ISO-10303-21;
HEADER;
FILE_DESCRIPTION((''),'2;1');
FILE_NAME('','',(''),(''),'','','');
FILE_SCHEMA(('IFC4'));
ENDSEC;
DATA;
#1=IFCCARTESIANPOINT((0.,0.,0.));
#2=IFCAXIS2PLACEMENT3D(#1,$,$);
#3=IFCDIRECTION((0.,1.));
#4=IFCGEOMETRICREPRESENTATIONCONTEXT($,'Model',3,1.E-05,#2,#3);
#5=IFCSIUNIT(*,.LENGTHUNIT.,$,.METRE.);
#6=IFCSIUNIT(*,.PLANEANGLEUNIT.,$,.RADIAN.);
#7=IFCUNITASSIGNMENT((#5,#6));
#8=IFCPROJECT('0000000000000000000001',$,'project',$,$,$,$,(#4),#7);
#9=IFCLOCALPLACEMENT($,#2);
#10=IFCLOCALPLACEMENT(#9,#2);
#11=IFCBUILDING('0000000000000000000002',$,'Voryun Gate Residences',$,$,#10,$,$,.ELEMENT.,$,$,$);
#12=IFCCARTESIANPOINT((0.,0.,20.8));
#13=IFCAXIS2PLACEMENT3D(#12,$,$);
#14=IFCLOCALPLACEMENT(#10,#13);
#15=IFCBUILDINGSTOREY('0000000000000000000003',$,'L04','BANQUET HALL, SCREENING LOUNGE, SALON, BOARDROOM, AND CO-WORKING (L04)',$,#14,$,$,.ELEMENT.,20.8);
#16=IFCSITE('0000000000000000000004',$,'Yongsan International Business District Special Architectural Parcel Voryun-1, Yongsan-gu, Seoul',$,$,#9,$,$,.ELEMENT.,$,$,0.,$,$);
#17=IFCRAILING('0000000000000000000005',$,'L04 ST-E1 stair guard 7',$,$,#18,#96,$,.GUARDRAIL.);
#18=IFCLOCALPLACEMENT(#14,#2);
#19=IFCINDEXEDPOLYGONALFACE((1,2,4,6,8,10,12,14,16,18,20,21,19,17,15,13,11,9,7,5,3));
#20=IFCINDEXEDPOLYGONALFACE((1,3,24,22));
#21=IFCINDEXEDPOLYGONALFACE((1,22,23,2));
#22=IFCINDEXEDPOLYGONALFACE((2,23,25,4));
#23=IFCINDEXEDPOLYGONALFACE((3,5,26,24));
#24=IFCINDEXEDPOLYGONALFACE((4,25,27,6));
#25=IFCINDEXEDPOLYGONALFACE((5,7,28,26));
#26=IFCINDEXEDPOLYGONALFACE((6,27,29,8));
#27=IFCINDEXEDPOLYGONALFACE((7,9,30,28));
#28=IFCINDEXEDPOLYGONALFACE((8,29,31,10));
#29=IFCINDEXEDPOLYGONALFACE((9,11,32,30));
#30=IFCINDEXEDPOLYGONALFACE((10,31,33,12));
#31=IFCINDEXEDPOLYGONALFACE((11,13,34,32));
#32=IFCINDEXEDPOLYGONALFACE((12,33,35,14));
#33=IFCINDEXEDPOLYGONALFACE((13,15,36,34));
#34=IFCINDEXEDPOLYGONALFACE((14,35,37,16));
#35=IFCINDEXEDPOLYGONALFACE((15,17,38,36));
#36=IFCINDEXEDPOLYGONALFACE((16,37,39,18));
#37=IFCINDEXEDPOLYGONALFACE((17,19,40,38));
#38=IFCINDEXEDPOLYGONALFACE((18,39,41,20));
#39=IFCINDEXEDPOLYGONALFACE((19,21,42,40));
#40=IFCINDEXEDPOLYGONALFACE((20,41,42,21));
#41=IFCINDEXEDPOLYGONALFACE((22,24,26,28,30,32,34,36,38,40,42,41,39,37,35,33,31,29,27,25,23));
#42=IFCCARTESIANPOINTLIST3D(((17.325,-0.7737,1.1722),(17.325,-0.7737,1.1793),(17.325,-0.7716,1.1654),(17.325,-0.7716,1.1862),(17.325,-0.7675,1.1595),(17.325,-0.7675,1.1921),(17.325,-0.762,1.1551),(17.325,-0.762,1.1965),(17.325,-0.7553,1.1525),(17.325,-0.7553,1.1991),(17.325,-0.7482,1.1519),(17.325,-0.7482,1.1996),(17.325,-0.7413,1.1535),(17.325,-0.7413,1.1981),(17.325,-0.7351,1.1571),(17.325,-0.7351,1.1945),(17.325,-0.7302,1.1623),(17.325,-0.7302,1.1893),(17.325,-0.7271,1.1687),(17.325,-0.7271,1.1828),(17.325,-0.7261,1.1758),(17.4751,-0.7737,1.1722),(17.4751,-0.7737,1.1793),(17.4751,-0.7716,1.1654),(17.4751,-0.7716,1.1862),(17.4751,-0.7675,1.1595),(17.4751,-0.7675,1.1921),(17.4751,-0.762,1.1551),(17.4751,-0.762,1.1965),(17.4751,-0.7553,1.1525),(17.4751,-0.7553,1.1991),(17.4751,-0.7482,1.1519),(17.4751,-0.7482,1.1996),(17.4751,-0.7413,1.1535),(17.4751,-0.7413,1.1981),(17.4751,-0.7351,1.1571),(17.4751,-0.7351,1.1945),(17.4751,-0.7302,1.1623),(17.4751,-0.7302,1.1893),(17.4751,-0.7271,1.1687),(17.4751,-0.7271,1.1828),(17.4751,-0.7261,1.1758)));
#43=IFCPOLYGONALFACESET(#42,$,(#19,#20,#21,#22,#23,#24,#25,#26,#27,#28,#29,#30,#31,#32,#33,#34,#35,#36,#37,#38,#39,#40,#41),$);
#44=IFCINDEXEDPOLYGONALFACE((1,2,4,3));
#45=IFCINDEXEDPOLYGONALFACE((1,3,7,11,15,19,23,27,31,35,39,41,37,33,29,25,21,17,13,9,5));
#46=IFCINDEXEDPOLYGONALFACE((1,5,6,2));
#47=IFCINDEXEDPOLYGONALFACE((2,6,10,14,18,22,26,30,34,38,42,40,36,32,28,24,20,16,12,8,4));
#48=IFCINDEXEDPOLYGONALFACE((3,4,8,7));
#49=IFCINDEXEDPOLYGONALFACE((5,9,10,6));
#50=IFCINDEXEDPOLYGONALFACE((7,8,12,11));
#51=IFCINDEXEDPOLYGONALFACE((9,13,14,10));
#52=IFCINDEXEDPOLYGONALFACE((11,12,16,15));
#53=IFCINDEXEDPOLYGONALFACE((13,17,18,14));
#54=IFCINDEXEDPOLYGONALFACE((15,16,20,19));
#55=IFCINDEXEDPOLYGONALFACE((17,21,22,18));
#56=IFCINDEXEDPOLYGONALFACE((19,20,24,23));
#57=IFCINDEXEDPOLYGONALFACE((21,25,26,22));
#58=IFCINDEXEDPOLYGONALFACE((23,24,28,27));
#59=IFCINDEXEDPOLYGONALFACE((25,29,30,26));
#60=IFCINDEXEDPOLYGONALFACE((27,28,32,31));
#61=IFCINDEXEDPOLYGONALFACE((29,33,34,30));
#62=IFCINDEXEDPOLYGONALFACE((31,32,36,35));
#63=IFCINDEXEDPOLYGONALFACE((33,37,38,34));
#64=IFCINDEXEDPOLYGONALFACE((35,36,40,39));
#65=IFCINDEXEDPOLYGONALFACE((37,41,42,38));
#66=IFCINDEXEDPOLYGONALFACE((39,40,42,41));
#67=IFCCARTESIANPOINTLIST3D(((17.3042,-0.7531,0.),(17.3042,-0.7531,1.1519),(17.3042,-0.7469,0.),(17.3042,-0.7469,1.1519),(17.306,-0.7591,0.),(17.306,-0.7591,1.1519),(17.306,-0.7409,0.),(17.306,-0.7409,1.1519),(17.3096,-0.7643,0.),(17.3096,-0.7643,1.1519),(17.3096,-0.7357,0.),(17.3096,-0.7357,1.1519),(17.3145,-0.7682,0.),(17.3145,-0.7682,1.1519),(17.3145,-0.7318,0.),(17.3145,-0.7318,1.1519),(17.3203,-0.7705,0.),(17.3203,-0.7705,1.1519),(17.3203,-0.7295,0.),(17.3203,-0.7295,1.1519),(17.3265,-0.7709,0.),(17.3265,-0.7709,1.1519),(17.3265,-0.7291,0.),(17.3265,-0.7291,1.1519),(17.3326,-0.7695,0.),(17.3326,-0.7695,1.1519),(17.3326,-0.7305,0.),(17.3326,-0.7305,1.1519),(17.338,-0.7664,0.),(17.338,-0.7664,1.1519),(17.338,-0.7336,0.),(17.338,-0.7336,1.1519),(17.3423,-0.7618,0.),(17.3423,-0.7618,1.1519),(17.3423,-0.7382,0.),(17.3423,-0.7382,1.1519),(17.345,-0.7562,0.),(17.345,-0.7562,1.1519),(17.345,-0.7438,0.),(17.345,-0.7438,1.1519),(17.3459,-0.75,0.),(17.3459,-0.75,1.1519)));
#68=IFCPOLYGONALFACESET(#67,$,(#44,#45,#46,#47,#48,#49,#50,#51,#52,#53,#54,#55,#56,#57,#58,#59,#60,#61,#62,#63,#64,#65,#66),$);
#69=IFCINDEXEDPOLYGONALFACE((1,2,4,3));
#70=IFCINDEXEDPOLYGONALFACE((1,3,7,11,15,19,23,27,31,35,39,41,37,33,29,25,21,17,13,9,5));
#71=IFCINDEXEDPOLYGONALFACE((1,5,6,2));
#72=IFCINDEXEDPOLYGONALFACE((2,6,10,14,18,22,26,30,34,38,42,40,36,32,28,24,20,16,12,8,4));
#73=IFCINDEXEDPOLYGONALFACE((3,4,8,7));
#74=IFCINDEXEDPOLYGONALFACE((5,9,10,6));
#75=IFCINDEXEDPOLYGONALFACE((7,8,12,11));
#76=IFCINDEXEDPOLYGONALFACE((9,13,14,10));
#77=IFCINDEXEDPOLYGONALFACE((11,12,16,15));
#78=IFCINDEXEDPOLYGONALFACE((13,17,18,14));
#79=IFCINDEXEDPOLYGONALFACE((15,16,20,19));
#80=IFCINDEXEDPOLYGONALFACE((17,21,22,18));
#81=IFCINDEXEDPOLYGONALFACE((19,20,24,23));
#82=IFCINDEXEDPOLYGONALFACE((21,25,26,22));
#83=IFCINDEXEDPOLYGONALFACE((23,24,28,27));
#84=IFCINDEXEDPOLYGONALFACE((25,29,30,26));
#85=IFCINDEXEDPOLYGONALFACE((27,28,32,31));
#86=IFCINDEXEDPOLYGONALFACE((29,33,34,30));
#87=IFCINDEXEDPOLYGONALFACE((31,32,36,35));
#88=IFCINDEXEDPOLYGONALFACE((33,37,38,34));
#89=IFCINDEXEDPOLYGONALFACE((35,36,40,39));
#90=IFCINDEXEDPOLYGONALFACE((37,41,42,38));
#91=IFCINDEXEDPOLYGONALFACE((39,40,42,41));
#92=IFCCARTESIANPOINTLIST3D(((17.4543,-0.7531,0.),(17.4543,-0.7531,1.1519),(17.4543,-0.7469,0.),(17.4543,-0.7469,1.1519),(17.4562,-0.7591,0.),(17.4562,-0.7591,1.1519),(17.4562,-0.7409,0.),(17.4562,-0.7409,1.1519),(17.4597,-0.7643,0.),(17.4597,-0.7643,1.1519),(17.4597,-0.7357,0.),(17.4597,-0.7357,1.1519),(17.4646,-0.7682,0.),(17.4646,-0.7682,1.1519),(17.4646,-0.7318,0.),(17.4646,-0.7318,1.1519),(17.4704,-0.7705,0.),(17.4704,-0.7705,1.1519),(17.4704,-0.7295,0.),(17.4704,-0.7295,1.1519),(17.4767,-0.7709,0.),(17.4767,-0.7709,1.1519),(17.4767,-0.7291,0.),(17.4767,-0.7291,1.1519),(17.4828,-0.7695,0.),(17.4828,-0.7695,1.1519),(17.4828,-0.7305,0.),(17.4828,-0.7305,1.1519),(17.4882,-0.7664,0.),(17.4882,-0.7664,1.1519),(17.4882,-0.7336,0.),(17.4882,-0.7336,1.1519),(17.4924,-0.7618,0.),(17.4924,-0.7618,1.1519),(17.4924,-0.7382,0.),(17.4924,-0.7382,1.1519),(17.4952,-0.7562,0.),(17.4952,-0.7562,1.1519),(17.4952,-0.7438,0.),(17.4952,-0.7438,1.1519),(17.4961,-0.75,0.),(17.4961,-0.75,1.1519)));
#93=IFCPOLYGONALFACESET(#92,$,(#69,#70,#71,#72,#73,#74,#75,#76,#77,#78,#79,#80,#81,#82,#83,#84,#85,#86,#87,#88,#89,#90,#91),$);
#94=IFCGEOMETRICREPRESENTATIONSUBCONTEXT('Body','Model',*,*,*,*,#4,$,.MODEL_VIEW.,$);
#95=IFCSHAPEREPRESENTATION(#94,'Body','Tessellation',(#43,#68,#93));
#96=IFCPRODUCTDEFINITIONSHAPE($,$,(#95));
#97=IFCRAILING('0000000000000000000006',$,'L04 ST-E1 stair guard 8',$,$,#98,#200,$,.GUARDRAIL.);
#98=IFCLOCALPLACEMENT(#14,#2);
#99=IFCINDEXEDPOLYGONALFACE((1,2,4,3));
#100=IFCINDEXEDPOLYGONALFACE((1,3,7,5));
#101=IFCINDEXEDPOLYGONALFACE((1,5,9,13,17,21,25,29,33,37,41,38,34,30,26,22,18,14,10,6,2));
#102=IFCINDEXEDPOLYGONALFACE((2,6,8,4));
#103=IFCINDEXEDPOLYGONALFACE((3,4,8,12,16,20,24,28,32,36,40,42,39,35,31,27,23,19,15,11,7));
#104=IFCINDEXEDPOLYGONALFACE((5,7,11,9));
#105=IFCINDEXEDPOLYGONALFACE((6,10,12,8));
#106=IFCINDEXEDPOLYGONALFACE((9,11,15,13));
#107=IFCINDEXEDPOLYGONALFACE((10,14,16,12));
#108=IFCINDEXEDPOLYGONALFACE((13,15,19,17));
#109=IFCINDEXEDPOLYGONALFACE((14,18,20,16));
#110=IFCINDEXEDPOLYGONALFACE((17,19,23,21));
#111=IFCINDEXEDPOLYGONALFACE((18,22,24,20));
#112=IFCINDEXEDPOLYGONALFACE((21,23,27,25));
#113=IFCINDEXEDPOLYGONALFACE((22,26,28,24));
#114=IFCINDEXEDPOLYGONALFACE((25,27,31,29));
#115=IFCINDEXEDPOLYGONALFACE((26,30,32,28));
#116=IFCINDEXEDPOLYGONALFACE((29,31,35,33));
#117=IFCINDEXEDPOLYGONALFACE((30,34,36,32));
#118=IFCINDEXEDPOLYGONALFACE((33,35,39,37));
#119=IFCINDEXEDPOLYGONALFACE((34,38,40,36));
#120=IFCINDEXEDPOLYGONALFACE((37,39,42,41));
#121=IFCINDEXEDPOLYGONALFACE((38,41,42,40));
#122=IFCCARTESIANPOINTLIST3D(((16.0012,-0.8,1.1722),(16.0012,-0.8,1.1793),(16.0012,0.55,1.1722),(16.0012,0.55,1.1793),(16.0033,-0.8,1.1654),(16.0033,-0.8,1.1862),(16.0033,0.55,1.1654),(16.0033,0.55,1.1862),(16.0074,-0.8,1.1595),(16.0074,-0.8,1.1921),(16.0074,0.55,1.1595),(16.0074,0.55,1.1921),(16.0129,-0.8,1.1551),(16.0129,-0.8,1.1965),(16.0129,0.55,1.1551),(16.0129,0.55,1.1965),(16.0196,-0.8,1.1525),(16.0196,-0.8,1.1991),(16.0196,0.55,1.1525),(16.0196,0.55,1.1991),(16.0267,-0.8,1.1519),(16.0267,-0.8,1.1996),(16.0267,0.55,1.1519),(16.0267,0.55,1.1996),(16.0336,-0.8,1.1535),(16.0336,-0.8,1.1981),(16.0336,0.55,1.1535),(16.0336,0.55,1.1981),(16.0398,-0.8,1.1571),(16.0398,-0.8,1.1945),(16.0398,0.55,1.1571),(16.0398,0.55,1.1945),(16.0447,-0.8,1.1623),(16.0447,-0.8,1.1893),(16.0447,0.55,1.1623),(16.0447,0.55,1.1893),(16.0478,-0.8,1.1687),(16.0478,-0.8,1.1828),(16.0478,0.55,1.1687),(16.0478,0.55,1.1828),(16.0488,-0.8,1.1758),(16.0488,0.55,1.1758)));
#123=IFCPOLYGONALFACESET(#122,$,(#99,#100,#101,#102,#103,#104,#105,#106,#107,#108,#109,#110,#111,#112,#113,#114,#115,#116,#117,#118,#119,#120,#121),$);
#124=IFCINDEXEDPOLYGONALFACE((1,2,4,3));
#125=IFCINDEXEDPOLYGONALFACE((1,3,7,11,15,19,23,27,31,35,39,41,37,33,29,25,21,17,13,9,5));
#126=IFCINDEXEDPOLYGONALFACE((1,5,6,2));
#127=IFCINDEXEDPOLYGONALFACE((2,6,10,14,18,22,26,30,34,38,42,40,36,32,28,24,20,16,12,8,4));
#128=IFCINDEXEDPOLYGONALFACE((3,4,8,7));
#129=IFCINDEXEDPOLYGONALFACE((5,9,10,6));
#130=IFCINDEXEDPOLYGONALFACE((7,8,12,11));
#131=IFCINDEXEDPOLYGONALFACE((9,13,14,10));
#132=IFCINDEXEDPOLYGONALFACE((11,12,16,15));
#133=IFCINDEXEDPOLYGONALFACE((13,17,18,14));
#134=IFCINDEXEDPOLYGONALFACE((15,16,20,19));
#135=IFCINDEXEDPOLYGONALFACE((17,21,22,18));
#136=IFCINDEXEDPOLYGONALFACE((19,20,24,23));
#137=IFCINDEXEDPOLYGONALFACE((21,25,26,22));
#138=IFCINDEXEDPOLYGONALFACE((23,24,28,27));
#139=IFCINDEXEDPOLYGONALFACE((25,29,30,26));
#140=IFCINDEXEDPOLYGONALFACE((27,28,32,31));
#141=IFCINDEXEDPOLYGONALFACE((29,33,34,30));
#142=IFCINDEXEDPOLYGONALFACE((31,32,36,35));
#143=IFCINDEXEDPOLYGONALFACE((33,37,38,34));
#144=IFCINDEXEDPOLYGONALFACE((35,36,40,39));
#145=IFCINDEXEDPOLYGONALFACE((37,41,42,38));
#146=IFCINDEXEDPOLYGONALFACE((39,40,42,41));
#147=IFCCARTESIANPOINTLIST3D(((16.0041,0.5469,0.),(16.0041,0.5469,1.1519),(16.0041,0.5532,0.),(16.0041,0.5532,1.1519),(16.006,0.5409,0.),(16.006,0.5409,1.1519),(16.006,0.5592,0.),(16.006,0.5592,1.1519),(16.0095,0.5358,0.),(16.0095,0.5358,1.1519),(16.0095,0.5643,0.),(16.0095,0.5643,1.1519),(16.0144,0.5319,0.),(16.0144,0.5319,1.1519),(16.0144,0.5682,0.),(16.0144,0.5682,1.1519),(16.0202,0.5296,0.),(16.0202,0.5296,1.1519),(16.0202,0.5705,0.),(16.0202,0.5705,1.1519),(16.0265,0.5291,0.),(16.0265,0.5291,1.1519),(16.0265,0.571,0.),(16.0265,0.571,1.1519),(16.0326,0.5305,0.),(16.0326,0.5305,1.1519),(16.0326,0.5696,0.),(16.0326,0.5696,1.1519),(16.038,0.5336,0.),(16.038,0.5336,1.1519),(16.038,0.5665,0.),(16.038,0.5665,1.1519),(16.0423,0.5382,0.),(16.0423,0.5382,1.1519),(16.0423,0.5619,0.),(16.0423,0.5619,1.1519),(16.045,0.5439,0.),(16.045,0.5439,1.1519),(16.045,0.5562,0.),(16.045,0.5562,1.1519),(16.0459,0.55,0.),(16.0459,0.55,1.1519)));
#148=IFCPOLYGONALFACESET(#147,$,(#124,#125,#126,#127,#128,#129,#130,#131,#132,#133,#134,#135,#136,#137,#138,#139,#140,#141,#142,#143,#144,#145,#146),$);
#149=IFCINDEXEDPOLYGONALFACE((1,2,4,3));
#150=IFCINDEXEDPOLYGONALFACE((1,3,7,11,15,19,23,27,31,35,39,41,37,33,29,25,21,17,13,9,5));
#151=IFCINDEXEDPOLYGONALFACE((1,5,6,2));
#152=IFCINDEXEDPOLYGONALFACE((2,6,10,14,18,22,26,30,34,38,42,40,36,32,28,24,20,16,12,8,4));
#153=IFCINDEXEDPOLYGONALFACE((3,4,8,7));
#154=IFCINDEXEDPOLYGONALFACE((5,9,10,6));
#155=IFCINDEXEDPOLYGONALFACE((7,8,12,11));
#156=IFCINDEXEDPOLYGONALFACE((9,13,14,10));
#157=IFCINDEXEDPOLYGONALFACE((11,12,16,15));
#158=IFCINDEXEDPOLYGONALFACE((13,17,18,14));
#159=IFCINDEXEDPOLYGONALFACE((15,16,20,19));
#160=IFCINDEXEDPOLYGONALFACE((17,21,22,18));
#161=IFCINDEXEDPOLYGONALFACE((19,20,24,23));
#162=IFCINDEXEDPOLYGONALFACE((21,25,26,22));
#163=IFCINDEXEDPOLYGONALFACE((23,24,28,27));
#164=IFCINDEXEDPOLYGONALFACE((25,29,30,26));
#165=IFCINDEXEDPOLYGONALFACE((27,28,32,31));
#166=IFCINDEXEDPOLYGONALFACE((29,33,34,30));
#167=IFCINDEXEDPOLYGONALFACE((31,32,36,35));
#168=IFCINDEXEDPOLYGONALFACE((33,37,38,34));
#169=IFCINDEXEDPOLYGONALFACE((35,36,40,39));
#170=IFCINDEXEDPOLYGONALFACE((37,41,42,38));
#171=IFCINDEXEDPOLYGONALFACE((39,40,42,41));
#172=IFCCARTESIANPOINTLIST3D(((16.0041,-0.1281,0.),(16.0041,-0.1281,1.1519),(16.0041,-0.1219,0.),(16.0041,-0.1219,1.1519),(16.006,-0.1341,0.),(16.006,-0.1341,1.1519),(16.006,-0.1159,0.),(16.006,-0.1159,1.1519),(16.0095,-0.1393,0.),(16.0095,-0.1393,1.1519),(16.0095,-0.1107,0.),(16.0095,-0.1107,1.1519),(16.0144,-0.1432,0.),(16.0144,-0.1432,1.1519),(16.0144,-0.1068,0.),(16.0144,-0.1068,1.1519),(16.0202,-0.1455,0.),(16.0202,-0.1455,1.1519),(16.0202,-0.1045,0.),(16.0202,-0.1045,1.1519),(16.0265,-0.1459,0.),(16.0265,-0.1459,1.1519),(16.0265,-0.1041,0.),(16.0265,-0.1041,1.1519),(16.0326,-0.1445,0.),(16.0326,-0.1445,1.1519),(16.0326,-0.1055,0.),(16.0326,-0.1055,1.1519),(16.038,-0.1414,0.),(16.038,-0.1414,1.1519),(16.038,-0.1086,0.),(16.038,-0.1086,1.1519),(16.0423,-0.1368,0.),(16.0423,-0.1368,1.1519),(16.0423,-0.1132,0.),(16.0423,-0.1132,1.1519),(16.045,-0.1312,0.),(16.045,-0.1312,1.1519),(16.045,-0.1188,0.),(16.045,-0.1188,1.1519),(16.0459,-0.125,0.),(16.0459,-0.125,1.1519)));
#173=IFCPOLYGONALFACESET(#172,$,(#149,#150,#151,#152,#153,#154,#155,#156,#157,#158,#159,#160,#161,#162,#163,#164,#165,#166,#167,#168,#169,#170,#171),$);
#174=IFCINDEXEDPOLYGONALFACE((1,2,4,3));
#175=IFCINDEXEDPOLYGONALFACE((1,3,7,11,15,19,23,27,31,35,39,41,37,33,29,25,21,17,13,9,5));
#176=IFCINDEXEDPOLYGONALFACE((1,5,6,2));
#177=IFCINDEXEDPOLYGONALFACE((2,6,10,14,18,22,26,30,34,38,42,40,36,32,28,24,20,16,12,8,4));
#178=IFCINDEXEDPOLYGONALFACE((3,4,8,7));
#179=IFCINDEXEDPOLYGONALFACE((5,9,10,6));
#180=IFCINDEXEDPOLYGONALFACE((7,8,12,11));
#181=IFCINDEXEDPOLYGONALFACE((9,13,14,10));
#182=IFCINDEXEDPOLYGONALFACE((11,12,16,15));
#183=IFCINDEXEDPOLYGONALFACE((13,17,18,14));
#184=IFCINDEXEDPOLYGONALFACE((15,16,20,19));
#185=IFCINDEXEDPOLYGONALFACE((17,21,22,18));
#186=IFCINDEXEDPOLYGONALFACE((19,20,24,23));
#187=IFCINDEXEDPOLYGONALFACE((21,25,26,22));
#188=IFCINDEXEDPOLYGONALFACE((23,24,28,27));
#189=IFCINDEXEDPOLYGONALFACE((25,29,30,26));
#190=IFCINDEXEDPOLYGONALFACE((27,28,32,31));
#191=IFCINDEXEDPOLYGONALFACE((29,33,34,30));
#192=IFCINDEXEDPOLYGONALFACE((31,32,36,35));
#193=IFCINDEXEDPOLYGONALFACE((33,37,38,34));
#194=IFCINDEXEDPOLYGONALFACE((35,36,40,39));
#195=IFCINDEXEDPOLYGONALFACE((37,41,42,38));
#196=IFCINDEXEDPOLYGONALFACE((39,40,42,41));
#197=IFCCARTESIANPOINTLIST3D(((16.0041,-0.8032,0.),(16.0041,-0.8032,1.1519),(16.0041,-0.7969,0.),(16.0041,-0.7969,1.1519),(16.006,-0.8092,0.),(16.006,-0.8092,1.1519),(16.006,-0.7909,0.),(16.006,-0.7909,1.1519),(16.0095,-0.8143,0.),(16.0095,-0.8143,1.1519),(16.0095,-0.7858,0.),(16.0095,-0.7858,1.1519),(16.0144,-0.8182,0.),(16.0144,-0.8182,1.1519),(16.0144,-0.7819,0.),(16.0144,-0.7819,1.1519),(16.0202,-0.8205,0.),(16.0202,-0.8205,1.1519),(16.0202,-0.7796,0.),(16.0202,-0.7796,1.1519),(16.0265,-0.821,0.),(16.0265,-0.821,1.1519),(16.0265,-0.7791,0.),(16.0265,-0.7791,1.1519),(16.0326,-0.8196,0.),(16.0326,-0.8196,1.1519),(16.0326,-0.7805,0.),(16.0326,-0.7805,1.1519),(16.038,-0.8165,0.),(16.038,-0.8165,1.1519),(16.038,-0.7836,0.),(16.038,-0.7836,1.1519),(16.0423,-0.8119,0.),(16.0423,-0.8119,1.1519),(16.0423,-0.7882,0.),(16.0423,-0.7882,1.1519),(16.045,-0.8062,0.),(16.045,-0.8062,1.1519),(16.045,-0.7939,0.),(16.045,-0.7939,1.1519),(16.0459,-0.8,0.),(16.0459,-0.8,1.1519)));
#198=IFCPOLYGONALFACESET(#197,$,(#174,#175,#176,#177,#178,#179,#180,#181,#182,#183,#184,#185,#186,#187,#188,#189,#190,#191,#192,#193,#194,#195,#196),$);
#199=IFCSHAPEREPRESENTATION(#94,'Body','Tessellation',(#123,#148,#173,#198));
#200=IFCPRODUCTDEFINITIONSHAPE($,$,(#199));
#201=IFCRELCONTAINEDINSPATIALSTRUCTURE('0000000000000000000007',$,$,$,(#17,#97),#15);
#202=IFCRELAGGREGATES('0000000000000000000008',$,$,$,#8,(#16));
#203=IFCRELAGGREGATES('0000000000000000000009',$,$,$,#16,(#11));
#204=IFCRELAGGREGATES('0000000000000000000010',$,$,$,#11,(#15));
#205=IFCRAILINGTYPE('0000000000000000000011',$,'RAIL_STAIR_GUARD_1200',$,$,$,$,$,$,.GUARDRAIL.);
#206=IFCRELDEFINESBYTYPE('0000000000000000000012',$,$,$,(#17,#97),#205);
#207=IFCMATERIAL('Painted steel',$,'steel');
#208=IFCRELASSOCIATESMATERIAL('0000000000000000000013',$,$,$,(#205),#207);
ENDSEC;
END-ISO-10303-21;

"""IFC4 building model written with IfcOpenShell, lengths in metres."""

from ifc_helpers import new_model, si_unit, direction, frame, origin, origin_2d, place, context, subcontext, project, spatial, circle, extrude, material, type_object, element, save


model = new_model("IFC4")

# Units and contexts
model_context = context("Model", 3, precision=1e-05, world=origin(), true_north=direction((0.0, 1.0)))
body_context = subcontext(model_context, "Body", "Model", "MODEL_VIEW")
ifc_project = project(units=[si_unit("LENGTHUNIT", "METRE"), si_unit("PLANEANGLEUNIT", "RADIAN")], contexts=[model_context])

# Site, building, storey
site_placement = place(None, origin())
site = spatial("IfcSite", under=ifc_project, at=site_placement, Name="Yongsan International Business District Special Architectural Parcel Voryun-1, Yongsan-gu, Seoul", CompositionType="ELEMENT", RefElevation=0.0)
building_placement = place(site_placement, origin())
building = spatial("IfcBuilding", under=site, at=building_placement, Name="Voryun Gate Residences", CompositionType="ELEMENT")
storey_placement = place(building_placement, frame((0.0, 0.0, 20.8)))
storey = spatial("IfcBuildingStorey", under=building, at=storey_placement, Name="L04", Description="BANQUET HALL, SCREENING LOUNGE, SALON, BOARDROOM, AND CO-WORKING (L04)", CompositionType="ELEMENT", Elevation=20.8)

# Railings
ifc_material_1 = material(Name="Painted steel", Category="steel")
railing_type_1 = type_object("IfcRailingType", Name="RAIL_STAIR_GUARD_1200", PredefinedType="GUARDRAIL", material=ifc_material_1)
railing_1_placement = place(storey_placement, frame((17.325, -0.75, 0.0)))
element("IfcRailing", 1, at=railing_1_placement, inside=storey, type_object=railing_type_1, Name="L04 ST-E1 stair guard 7", PredefinedType="GUARDRAIL", context=body_context, shape_type="SweptSolid", body=[
    extrude(circle(Radius=0.0239, at=origin_2d()), frame((0.0, 0.0, 1.1758), z_axis=(1.0, 0.0, 0.0), x_axis=(0.0, 1.0, 0.0)), (0.0, 0.0, 1.0), 0.1501),
    extrude(circle(Radius=0.021, at=origin_2d()), origin(), (0.0, 0.0, 1.0), 1.1519),
    extrude(circle(Radius=0.021, at=origin_2d()), frame((0.1501, 0.0, 0.0)), (0.0, 0.0, 1.0), 1.1519),
])
for number, where, name in (
    (2, (16.0249, 0.55, 0.0), "L04 ST-E1 stair guard 8"),
):
    element("IfcRailing", number, at=place(storey_placement, frame(where)), inside=storey, type_object=railing_type_1, Name=name, PredefinedType="GUARDRAIL", context=body_context, shape_type="SweptSolid", body=[
        extrude(circle(Radius=0.0239, at=origin_2d()), frame((0.0, 0.0, 1.1758), z_axis=(0.0, -1.0, 0.0), x_axis=(1.0, 0.0, 0.0)), (0.0, 0.0, 1.0), 1.3501),
        extrude(circle(Radius=0.021, at=origin_2d()), origin(), (0.0, 0.0, 1.0), 1.1519),
        extrude(circle(Radius=0.021, at=origin_2d()), frame((0.0, -0.675, 0.0)), (0.0, 0.0, 1.0), 1.1519),
        extrude(circle(Radius=0.021, at=origin_2d()), frame((0.0, -1.3501, 0.0)), (0.0, 0.0, 1.0), 1.1519),
    ])

save(model, "model.ifc")
